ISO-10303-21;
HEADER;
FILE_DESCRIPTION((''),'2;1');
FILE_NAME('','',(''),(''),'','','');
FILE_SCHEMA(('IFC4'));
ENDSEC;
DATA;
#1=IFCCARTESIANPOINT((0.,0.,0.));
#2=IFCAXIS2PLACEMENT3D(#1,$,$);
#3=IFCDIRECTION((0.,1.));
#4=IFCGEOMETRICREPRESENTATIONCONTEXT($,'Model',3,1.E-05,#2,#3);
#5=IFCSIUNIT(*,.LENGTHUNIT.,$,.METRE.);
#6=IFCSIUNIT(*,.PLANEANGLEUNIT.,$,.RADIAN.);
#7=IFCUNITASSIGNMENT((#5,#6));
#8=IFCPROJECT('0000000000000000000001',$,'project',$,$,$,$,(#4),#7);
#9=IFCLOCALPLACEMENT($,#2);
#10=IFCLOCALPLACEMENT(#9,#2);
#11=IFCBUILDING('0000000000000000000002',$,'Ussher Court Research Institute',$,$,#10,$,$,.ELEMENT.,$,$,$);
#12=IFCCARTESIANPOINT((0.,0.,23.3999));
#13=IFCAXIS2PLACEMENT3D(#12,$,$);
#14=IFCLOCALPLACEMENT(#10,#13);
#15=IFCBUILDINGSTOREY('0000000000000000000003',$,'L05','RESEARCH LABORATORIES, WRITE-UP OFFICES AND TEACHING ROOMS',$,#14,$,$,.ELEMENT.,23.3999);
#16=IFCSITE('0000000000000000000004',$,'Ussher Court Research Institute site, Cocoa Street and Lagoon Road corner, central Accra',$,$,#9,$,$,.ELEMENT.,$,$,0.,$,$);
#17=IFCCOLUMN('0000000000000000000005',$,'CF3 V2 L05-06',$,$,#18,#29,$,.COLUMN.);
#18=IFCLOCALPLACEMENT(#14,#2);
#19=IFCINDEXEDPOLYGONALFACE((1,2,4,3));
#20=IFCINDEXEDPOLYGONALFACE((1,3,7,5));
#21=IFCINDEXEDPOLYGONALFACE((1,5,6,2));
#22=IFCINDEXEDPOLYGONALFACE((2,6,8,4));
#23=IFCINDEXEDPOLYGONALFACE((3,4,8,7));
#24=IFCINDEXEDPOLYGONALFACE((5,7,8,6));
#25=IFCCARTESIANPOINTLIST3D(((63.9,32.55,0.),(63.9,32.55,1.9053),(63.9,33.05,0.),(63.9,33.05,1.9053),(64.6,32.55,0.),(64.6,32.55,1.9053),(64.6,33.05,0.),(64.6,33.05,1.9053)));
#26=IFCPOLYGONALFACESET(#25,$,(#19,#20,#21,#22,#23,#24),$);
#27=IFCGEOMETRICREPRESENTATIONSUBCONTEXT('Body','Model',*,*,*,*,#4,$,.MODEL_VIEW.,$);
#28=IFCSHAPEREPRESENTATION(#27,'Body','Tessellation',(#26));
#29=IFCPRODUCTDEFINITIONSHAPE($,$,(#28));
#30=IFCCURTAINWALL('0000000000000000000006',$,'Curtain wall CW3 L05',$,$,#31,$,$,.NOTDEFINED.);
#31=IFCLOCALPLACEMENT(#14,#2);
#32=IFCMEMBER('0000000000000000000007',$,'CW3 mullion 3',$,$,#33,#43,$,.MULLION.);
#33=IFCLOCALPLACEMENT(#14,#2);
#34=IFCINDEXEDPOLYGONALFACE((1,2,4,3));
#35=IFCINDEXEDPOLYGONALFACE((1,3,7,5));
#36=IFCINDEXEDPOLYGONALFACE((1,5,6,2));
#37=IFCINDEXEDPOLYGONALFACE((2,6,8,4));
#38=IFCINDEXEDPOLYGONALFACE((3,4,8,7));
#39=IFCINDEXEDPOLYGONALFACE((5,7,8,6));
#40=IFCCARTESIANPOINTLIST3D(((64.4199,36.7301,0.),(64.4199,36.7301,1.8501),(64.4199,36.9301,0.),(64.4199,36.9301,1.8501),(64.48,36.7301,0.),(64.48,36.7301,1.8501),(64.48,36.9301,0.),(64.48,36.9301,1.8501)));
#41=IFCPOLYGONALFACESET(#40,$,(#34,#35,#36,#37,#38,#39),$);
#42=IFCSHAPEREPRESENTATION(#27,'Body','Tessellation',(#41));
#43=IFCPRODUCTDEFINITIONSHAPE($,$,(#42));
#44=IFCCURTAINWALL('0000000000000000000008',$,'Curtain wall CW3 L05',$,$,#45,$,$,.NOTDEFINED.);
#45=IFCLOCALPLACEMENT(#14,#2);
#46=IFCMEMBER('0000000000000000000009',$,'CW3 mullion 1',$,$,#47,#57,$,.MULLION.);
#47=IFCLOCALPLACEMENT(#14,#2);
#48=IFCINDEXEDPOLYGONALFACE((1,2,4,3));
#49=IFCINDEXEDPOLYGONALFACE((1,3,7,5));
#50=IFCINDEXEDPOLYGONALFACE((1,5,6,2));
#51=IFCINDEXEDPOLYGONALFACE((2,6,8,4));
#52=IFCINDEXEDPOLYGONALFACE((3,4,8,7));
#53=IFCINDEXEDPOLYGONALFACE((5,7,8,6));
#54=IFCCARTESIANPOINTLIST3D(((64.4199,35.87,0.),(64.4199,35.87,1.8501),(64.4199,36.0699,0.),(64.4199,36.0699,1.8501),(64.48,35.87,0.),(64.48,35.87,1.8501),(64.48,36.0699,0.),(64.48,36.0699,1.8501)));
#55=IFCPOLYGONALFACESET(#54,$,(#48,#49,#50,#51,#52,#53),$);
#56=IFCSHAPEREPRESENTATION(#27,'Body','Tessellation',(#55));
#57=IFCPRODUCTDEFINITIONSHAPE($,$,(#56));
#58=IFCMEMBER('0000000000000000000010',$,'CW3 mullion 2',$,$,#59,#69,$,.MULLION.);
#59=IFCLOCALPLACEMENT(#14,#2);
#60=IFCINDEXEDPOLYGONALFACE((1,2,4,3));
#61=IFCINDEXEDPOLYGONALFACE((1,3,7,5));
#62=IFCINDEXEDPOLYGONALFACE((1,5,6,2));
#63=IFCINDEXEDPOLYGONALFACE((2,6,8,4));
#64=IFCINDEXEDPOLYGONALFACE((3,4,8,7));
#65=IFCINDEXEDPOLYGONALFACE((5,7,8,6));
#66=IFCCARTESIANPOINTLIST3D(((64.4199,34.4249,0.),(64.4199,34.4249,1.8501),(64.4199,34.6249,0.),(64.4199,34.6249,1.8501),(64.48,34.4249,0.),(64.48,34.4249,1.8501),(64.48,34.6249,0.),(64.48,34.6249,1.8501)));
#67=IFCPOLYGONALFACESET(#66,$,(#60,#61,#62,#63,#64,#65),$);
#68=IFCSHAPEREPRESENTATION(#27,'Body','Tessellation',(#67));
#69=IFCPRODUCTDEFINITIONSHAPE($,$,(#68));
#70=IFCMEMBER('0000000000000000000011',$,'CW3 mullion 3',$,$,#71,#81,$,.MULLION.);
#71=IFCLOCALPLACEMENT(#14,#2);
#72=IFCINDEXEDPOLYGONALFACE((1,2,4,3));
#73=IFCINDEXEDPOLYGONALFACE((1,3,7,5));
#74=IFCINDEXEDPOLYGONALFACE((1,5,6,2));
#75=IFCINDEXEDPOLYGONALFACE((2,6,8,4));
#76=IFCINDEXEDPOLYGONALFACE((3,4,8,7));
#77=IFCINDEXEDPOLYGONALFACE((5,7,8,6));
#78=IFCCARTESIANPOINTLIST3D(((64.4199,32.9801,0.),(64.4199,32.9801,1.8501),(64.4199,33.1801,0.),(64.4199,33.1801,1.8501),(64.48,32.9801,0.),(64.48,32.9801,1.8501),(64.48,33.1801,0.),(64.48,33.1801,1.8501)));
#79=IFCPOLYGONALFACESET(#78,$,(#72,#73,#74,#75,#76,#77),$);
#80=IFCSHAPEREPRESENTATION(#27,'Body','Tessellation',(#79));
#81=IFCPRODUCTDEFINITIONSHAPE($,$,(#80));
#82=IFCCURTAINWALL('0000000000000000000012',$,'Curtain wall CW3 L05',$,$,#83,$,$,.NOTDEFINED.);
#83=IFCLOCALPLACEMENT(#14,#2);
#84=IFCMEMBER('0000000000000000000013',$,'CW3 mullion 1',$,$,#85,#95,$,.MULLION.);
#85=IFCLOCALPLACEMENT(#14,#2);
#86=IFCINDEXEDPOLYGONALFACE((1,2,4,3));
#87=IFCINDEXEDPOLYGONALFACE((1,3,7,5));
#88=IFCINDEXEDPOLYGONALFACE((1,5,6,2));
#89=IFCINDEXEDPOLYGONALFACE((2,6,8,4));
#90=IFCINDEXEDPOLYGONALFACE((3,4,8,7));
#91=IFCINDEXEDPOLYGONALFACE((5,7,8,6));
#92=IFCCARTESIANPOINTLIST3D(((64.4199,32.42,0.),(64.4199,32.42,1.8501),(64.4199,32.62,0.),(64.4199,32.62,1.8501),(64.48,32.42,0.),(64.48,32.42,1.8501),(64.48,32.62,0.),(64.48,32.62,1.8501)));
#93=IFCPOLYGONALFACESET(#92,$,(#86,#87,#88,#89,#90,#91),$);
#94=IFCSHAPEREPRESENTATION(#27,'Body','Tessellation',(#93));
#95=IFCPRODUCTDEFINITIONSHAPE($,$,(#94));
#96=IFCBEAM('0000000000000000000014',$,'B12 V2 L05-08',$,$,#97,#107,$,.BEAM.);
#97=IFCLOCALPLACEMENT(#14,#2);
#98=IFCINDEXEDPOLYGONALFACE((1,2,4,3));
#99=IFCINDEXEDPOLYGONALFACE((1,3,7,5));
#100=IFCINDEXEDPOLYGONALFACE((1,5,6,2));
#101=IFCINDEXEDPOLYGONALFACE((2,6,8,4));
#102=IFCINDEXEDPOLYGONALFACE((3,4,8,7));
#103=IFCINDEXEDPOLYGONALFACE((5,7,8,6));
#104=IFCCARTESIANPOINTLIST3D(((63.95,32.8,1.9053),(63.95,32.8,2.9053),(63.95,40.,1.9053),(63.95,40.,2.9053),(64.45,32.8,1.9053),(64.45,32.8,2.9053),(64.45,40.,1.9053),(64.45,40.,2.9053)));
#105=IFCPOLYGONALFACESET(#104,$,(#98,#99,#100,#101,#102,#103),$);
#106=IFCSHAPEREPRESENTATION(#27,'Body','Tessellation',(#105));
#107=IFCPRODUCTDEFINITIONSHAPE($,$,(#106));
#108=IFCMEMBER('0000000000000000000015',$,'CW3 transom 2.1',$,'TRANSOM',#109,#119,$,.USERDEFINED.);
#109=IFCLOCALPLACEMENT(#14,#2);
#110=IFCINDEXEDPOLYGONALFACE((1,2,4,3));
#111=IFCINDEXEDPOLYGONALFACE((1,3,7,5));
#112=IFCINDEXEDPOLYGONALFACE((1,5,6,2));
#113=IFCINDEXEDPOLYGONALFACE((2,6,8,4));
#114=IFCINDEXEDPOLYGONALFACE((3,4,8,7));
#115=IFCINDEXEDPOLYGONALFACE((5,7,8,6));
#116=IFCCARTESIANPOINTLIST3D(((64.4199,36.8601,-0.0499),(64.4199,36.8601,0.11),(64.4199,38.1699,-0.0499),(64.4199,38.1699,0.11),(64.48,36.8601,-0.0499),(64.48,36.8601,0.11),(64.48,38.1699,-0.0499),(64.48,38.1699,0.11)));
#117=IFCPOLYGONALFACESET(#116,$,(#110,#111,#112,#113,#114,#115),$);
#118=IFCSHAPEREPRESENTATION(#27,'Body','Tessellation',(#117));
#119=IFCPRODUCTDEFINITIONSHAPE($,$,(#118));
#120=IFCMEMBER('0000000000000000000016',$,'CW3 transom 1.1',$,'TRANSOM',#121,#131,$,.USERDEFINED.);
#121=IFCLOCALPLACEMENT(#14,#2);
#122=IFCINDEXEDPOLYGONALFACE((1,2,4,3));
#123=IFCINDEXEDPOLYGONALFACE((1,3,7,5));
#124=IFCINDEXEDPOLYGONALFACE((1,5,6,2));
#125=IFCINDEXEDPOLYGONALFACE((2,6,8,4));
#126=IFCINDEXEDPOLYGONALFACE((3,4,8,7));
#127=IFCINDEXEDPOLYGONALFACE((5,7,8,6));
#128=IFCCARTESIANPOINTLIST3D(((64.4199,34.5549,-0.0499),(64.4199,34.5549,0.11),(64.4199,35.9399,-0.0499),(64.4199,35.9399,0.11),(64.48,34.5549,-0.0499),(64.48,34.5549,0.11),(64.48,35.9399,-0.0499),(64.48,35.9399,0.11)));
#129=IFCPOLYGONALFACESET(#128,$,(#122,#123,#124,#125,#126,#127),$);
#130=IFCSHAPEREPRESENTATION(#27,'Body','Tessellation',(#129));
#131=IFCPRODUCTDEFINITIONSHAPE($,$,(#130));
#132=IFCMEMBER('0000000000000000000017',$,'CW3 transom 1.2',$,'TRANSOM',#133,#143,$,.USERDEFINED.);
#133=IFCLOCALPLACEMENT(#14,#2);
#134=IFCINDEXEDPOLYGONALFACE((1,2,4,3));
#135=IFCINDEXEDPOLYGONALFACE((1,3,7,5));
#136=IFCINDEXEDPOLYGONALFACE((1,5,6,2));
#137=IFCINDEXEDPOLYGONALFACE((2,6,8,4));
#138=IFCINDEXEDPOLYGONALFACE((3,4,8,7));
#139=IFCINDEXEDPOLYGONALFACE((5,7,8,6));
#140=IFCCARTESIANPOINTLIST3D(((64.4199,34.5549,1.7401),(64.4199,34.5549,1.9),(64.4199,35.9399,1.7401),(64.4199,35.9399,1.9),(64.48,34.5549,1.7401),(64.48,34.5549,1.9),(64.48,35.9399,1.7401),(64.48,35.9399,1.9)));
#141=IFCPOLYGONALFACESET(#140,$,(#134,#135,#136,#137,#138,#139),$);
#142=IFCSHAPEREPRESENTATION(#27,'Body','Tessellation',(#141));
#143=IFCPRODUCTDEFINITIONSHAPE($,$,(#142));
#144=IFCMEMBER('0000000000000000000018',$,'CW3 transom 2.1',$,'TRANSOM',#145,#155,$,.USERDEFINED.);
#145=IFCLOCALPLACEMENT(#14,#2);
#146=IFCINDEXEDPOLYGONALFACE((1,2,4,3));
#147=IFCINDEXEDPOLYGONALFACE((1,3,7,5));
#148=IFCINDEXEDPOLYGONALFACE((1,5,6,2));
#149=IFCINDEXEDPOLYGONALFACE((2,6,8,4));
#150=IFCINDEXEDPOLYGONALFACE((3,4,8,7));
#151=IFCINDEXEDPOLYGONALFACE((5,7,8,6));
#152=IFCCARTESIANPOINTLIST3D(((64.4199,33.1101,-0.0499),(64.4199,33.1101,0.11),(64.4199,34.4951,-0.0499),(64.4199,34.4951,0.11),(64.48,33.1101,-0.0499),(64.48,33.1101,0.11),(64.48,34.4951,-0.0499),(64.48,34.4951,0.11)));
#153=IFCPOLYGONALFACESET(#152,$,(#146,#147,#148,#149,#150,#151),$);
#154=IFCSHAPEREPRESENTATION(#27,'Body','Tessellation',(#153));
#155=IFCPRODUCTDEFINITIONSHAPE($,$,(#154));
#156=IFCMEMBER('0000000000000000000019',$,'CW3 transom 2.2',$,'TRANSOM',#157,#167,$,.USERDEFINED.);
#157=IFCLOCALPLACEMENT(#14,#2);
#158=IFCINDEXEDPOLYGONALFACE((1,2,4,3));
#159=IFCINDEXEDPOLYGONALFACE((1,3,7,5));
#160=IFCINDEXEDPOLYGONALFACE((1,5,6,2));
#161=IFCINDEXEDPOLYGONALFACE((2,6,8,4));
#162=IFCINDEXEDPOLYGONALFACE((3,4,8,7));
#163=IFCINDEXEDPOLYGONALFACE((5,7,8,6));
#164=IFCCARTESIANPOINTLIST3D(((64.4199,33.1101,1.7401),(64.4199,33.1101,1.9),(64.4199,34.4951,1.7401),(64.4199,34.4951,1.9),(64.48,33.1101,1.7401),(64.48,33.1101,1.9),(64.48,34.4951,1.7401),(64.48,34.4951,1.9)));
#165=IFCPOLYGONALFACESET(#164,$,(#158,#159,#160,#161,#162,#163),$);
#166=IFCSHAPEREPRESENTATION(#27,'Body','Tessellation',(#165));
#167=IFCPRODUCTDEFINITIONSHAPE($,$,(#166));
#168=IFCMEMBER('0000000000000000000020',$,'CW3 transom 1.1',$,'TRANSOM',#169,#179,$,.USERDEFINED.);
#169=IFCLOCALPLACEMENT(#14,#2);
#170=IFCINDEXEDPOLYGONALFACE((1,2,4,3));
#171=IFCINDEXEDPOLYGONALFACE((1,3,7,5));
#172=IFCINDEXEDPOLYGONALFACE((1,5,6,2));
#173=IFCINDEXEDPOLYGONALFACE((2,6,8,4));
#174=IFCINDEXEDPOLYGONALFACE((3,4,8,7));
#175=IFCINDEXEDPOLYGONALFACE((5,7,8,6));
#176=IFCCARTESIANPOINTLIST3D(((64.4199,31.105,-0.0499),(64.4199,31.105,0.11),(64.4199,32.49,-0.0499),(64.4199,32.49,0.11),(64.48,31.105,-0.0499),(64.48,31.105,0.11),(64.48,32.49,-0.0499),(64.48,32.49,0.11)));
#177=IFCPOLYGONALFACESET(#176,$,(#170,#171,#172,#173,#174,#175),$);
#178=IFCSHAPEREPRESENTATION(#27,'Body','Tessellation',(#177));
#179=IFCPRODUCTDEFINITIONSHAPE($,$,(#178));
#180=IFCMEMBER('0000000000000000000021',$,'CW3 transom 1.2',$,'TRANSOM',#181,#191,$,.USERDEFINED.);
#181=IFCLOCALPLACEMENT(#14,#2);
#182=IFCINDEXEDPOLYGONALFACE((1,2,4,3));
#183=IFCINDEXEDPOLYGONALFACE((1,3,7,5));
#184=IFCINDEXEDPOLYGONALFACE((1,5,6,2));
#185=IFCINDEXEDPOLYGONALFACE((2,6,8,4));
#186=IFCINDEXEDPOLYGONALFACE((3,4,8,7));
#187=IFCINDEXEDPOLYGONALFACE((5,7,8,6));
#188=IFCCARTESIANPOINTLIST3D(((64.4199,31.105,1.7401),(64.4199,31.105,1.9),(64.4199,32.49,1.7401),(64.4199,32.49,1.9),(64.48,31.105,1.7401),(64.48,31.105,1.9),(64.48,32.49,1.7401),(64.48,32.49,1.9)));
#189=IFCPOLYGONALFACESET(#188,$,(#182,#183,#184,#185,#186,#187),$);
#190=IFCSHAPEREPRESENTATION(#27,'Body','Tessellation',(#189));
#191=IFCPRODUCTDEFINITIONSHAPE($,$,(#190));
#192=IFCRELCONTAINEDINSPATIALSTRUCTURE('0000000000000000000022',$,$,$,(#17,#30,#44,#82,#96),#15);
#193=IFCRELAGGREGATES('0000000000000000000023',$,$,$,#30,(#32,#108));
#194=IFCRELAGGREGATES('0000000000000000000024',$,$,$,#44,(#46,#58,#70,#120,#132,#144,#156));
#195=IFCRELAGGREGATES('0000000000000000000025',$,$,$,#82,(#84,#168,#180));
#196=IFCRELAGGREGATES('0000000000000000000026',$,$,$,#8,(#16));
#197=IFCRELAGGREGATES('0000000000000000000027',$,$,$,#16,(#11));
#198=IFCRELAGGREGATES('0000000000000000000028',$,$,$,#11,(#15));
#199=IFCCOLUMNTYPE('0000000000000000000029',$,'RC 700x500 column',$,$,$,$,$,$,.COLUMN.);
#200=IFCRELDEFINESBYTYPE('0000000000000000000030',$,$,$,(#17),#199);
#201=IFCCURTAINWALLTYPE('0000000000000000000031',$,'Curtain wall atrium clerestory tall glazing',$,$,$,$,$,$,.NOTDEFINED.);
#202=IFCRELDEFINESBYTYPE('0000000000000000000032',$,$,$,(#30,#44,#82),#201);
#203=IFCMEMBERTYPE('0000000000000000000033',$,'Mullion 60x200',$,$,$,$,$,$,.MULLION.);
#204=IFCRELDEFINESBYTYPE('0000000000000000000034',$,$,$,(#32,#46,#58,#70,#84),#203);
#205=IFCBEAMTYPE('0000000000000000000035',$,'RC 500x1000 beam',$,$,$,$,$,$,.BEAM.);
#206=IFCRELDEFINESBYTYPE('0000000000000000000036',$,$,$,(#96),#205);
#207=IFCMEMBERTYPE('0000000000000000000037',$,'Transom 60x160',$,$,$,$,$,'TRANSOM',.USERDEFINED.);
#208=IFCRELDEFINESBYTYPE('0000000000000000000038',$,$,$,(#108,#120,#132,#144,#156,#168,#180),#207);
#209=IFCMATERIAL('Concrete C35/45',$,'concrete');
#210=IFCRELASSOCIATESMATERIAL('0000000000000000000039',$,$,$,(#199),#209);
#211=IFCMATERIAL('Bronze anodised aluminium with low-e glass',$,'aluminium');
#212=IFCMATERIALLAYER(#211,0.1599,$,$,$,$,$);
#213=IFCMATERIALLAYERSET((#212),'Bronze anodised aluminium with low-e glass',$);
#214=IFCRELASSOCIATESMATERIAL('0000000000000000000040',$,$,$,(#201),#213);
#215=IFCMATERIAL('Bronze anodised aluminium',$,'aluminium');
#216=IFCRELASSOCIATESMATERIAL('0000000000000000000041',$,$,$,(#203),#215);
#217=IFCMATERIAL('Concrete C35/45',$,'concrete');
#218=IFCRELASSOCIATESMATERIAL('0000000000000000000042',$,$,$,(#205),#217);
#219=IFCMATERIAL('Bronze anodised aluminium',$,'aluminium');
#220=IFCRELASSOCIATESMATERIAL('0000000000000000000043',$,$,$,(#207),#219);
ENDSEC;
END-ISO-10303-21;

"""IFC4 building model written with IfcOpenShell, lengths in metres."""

from ifc_helpers import new_model, si_unit, direction, frame, origin, origin_2d, place, context, subcontext, project, spatial, rectangle, extrude, material, layer, layer_set, material_profile, profile_set, type_object, element, aggregate, save


model = new_model("IFC4")

# Units and contexts
model_context = context("Model", 3, precision=1e-05, world=origin(), true_north=direction((0.0, 1.0)))
body_context = subcontext(model_context, "Body", "Model", "MODEL_VIEW")
ifc_project = project(units=[si_unit("LENGTHUNIT", "METRE"), si_unit("PLANEANGLEUNIT", "RADIAN")], contexts=[model_context])

# Site, building, storey
site_placement = place(None, origin())
site = spatial("IfcSite", under=ifc_project, at=site_placement, Name="Ussher Court Research Institute site, Cocoa Street and Lagoon Road corner, central Accra", CompositionType="ELEMENT", RefElevation=0.0)
building_placement = place(site_placement, origin())
building = spatial("IfcBuilding", under=site, at=building_placement, Name="Ussher Court Research Institute", CompositionType="ELEMENT")
storey_placement = place(building_placement, frame((0.0, 0.0, 23.3999)))
storey = spatial("IfcBuildingStorey", under=building, at=storey_placement, Name="L05", Description="RESEARCH LABORATORIES, WRITE-UP OFFICES AND TEACHING ROOMS", CompositionType="ELEMENT", Elevation=23.3999)

# Column
ifc_material_1 = material(Name="Concrete C35/45", Category="concrete")
ifc_material_profile_1 = material_profile(ifc_material_1, rectangle(XDim=0.7, YDim=0.5, at=origin_2d()), Name="RC 700x500")
ifc_profile_set_1 = profile_set([ifc_material_profile_1], Name="Concrete C35/45")
column_type = type_object("IfcColumnType", Name="RC 700x500 column", PredefinedType="COLUMN", material=ifc_profile_set_1)
column_placement = place(storey_placement, frame((64.25, 32.8, 0.0), z_axis=(0.0, 0.0, 1.0), x_axis=(1.0, 0.0, 0.0)))
element("IfcColumn", 1, at=column_placement, inside=storey, type_object=column_type, Name="CF3 V2 L05-06", PredefinedType="COLUMN", context=body_context, shape_type="SweptSolid", body=[
    extrude(rectangle(XDim=0.7, YDim=0.5, at=origin_2d()), origin(), (0.0, 0.0, 1.0), 1.9053),
])

# Curtain wall, member
ifc_material_2 = material(Name="Bronze anodised aluminium with low-e glass", Category="aluminium")
ifc_layer_1 = layer(ifc_material_2, 0.1599)
ifc_layer_set_1 = layer_set([ifc_layer_1], Name="Bronze anodised aluminium with low-e glass")
curtain_wall_type = type_object("IfcCurtainWallType", Name="Curtain wall atrium clerestory tall glazing", PredefinedType="NOTDEFINED", material=ifc_layer_set_1)
curtain_wall_1_placement = place(storey_placement, origin())
curtain_wall_1 = element("IfcCurtainWall", 2, at=curtain_wall_1_placement, inside=storey, type_object=curtain_wall_type, Name="Curtain wall CW3 L05", PredefinedType="NOTDEFINED")
ifc_material_3 = material(Name="Bronze anodised aluminium", Category="aluminium")
ifc_material_profile_2 = material_profile(ifc_material_3, rectangle(XDim=0.0601, YDim=0.2, at=origin_2d()), Name="Mullion 60x200")
ifc_profile_set_2 = profile_set([ifc_material_profile_2], Name="Bronze anodised aluminium")
member_type_1 = type_object("IfcMemberType", Name="Mullion 60x200", PredefinedType="MULLION", material=ifc_profile_set_2)
member_1_placement = place(storey_placement, frame((64.45, 36.8301, 0.0), z_axis=(0.0, 0.0, 1.0), x_axis=(1.0, 0.0, 0.0)))
member_1 = element("IfcMember", 3, at=member_1_placement, type_object=member_type_1, Name="CW3 mullion 3", PredefinedType="MULLION", context=body_context, shape_type="SweptSolid", body=[
    extrude(rectangle(XDim=0.0601, YDim=0.2, at=origin_2d()), origin(), (0.0, 0.0, 1.0), 1.8501),
])

# Curtain wall, members
curtain_wall_2_placement = place(storey_placement, origin())
curtain_wall_2 = element("IfcCurtainWall", 4, at=curtain_wall_2_placement, inside=storey, type_object=curtain_wall_type, Name="Curtain wall CW3 L05", PredefinedType="NOTDEFINED")
member_2_placement = place(storey_placement, frame((64.45, 35.97, 0.0), z_axis=(0.0, 0.0, 1.0), x_axis=(1.0, 0.0, 0.0)))
member_2 = element("IfcMember", 5, at=member_2_placement, type_object=member_type_1, Name="CW3 mullion 1", PredefinedType="MULLION", context=body_context, shape_type="SweptSolid", body=[
    extrude(rectangle(XDim=0.0601, YDim=0.2, at=origin_2d()), origin(), (0.0, 0.0, 1.0), 1.8501),
])
member_3_placement = place(storey_placement, frame((64.45, 34.5249, 0.0), z_axis=(0.0, 0.0, 1.0), x_axis=(1.0, 0.0, 0.0)))
member_3 = element("IfcMember", 6, at=member_3_placement, type_object=member_type_1, Name="CW3 mullion 2", PredefinedType="MULLION", context=body_context, shape_type="SweptSolid", body=[
    extrude(rectangle(XDim=0.0601, YDim=0.2, at=origin_2d()), origin(), (0.0, 0.0, 1.0), 1.8501),
])
member_4_placement = place(storey_placement, frame((64.45, 33.0801, 0.0), z_axis=(0.0, 0.0, 1.0), x_axis=(1.0, 0.0, 0.0)))
member_4 = element("IfcMember", 7, at=member_4_placement, type_object=member_type_1, Name="CW3 mullion 3", PredefinedType="MULLION", context=body_context, shape_type="SweptSolid", body=[
    extrude(rectangle(XDim=0.0601, YDim=0.2, at=origin_2d()), origin(), (0.0, 0.0, 1.0), 1.8501),
])

# Curtain wall, member
curtain_wall_3_placement = place(storey_placement, origin())
curtain_wall_3 = element("IfcCurtainWall", 8, at=curtain_wall_3_placement, inside=storey, type_object=curtain_wall_type, Name="Curtain wall CW3 L05", PredefinedType="NOTDEFINED")
member_5_placement = place(storey_placement, frame((64.45, 32.52, 0.0), z_axis=(0.0, 0.0, 1.0), x_axis=(1.0, 0.0, 0.0)))
member_5 = element("IfcMember", 9, at=member_5_placement, type_object=member_type_1, Name="CW3 mullion 1", PredefinedType="MULLION", context=body_context, shape_type="SweptSolid", body=[
    extrude(rectangle(XDim=0.0601, YDim=0.2, at=origin_2d()), origin(), (0.0, 0.0, 1.0), 1.8501),
])

# Beam
ifc_material_4 = material(Name="Concrete C35/45", Category="concrete")
ifc_material_profile_3 = material_profile(ifc_material_4, rectangle(XDim=0.5, YDim=1.0, at=origin_2d()), Name="RC 500x1000")
ifc_profile_set_3 = profile_set([ifc_material_profile_3], Name="Concrete C35/45")
beam_type = type_object("IfcBeamType", Name="RC 500x1000 beam", PredefinedType="BEAM", material=ifc_profile_set_3)
beam_placement = place(storey_placement, frame((64.2, 32.8, 2.4053), z_axis=(0.0, 1.0, 0.0), x_axis=(-1.0, 0.0, 0.0)))
element("IfcBeam", 10, at=beam_placement, inside=storey, type_object=beam_type, Name="B12 V2 L05-08", PredefinedType="BEAM", context=body_context, shape_type="SweptSolid", body=[
    extrude(rectangle(XDim=0.5, YDim=1.0, at=origin_2d()), origin(), (0.0, 0.0, 1.0), 7.2),
])

# Members
ifc_material_5 = material(Name="Bronze anodised aluminium", Category="aluminium")
ifc_material_profile_4 = material_profile(ifc_material_5, rectangle(XDim=0.0601, YDim=0.1599, at=origin_2d()), Name="Transom 60x160")
ifc_profile_set_4 = profile_set([ifc_material_profile_4], Name="Bronze anodised aluminium")
member_type_2 = type_object("IfcMemberType", Name="Transom 60x160", ElementType="TRANSOM", PredefinedType="USERDEFINED", material=ifc_profile_set_4)
member_6_placement = place(storey_placement, frame((64.45, 38.1699, 0.03), z_axis=(0.0, -1.0, 0.0), x_axis=(1.0, 0.0, 0.0)))
member_6 = element("IfcMember", 11, at=member_6_placement, type_object=member_type_2, Name="CW3 transom 2.1", ObjectType="TRANSOM", PredefinedType="USERDEFINED", context=body_context, shape_type="SweptSolid", body=[
    extrude(rectangle(XDim=0.0601, YDim=0.1599, at=origin_2d()), origin(), (0.0, 0.0, 1.0), 1.3098),
])
member_7_placement = place(storey_placement, frame((64.45, 35.9399, 0.03), z_axis=(0.0, -1.0, 0.0), x_axis=(1.0, 0.0, 0.0)))
member_7 = element("IfcMember", 12, at=member_7_placement, type_object=member_type_2, Name="CW3 transom 1.1", ObjectType="TRANSOM", PredefinedType="USERDEFINED", context=body_context, shape_type="SweptSolid", body=[
    extrude(rectangle(XDim=0.0601, YDim=0.1599, at=origin_2d()), origin(), (0.0, 0.0, 1.0), 1.385),
])
member_8_placement = place(storey_placement, frame((64.45, 35.9399, 1.8201), z_axis=(0.0, -1.0, 0.0), x_axis=(1.0, 0.0, 0.0)))
member_8 = element("IfcMember", 13, at=member_8_placement, type_object=member_type_2, Name="CW3 transom 1.2", ObjectType="TRANSOM", PredefinedType="USERDEFINED", context=body_context, shape_type="SweptSolid", body=[
    extrude(rectangle(XDim=0.0601, YDim=0.1599, at=origin_2d()), origin(), (0.0, 0.0, 1.0), 1.385),
])
member_9_placement = place(storey_placement, frame((64.45, 34.4951, 0.03), z_axis=(0.0, -1.0, 0.0), x_axis=(1.0, 0.0, 0.0)))
member_9 = element("IfcMember", 14, at=member_9_placement, type_object=member_type_2, Name="CW3 transom 2.1", ObjectType="TRANSOM", PredefinedType="USERDEFINED", context=body_context, shape_type="SweptSolid", body=[
    extrude(rectangle(XDim=0.0601, YDim=0.1599, at=origin_2d()), origin(), (0.0, 0.0, 1.0), 1.385),
])
member_10_placement = place(storey_placement, frame((64.45, 34.4951, 1.8201), z_axis=(0.0, -1.0, 0.0), x_axis=(1.0, 0.0, 0.0)))
member_10 = element("IfcMember", 15, at=member_10_placement, type_object=member_type_2, Name="CW3 transom 2.2", ObjectType="TRANSOM", PredefinedType="USERDEFINED", context=body_context, shape_type="SweptSolid", body=[
    extrude(rectangle(XDim=0.0601, YDim=0.1599, at=origin_2d()), origin(), (0.0, 0.0, 1.0), 1.385),
])
member_11_placement = place(storey_placement, frame((64.45, 32.49, 0.03), z_axis=(0.0, -1.0, 0.0), x_axis=(1.0, 0.0, 0.0)))
member_11 = element("IfcMember", 16, at=member_11_placement, type_object=member_type_2, Name="CW3 transom 1.1", ObjectType="TRANSOM", PredefinedType="USERDEFINED", context=body_context, shape_type="SweptSolid", body=[
    extrude(rectangle(XDim=0.0601, YDim=0.1599, at=origin_2d()), origin(), (0.0, 0.0, 1.0), 1.385),
])
member_12_placement = place(storey_placement, frame((64.45, 32.49, 1.8201), z_axis=(0.0, -1.0, 0.0), x_axis=(1.0, 0.0, 0.0)))
member_12 = element("IfcMember", 17, at=member_12_placement, type_object=member_type_2, Name="CW3 transom 1.2", ObjectType="TRANSOM", PredefinedType="USERDEFINED", context=body_context, shape_type="SweptSolid", body=[
    extrude(rectangle(XDim=0.0601, YDim=0.1599, at=origin_2d()), origin(), (0.0, 0.0, 1.0), 1.385),
])

aggregate(curtain_wall_1, [member_1, member_6])
aggregate(curtain_wall_2, [member_2, member_3, member_4, member_7, member_8, member_9, member_10])
aggregate(curtain_wall_3, [member_5, member_11, member_12])

save(model, "model.ifc")
